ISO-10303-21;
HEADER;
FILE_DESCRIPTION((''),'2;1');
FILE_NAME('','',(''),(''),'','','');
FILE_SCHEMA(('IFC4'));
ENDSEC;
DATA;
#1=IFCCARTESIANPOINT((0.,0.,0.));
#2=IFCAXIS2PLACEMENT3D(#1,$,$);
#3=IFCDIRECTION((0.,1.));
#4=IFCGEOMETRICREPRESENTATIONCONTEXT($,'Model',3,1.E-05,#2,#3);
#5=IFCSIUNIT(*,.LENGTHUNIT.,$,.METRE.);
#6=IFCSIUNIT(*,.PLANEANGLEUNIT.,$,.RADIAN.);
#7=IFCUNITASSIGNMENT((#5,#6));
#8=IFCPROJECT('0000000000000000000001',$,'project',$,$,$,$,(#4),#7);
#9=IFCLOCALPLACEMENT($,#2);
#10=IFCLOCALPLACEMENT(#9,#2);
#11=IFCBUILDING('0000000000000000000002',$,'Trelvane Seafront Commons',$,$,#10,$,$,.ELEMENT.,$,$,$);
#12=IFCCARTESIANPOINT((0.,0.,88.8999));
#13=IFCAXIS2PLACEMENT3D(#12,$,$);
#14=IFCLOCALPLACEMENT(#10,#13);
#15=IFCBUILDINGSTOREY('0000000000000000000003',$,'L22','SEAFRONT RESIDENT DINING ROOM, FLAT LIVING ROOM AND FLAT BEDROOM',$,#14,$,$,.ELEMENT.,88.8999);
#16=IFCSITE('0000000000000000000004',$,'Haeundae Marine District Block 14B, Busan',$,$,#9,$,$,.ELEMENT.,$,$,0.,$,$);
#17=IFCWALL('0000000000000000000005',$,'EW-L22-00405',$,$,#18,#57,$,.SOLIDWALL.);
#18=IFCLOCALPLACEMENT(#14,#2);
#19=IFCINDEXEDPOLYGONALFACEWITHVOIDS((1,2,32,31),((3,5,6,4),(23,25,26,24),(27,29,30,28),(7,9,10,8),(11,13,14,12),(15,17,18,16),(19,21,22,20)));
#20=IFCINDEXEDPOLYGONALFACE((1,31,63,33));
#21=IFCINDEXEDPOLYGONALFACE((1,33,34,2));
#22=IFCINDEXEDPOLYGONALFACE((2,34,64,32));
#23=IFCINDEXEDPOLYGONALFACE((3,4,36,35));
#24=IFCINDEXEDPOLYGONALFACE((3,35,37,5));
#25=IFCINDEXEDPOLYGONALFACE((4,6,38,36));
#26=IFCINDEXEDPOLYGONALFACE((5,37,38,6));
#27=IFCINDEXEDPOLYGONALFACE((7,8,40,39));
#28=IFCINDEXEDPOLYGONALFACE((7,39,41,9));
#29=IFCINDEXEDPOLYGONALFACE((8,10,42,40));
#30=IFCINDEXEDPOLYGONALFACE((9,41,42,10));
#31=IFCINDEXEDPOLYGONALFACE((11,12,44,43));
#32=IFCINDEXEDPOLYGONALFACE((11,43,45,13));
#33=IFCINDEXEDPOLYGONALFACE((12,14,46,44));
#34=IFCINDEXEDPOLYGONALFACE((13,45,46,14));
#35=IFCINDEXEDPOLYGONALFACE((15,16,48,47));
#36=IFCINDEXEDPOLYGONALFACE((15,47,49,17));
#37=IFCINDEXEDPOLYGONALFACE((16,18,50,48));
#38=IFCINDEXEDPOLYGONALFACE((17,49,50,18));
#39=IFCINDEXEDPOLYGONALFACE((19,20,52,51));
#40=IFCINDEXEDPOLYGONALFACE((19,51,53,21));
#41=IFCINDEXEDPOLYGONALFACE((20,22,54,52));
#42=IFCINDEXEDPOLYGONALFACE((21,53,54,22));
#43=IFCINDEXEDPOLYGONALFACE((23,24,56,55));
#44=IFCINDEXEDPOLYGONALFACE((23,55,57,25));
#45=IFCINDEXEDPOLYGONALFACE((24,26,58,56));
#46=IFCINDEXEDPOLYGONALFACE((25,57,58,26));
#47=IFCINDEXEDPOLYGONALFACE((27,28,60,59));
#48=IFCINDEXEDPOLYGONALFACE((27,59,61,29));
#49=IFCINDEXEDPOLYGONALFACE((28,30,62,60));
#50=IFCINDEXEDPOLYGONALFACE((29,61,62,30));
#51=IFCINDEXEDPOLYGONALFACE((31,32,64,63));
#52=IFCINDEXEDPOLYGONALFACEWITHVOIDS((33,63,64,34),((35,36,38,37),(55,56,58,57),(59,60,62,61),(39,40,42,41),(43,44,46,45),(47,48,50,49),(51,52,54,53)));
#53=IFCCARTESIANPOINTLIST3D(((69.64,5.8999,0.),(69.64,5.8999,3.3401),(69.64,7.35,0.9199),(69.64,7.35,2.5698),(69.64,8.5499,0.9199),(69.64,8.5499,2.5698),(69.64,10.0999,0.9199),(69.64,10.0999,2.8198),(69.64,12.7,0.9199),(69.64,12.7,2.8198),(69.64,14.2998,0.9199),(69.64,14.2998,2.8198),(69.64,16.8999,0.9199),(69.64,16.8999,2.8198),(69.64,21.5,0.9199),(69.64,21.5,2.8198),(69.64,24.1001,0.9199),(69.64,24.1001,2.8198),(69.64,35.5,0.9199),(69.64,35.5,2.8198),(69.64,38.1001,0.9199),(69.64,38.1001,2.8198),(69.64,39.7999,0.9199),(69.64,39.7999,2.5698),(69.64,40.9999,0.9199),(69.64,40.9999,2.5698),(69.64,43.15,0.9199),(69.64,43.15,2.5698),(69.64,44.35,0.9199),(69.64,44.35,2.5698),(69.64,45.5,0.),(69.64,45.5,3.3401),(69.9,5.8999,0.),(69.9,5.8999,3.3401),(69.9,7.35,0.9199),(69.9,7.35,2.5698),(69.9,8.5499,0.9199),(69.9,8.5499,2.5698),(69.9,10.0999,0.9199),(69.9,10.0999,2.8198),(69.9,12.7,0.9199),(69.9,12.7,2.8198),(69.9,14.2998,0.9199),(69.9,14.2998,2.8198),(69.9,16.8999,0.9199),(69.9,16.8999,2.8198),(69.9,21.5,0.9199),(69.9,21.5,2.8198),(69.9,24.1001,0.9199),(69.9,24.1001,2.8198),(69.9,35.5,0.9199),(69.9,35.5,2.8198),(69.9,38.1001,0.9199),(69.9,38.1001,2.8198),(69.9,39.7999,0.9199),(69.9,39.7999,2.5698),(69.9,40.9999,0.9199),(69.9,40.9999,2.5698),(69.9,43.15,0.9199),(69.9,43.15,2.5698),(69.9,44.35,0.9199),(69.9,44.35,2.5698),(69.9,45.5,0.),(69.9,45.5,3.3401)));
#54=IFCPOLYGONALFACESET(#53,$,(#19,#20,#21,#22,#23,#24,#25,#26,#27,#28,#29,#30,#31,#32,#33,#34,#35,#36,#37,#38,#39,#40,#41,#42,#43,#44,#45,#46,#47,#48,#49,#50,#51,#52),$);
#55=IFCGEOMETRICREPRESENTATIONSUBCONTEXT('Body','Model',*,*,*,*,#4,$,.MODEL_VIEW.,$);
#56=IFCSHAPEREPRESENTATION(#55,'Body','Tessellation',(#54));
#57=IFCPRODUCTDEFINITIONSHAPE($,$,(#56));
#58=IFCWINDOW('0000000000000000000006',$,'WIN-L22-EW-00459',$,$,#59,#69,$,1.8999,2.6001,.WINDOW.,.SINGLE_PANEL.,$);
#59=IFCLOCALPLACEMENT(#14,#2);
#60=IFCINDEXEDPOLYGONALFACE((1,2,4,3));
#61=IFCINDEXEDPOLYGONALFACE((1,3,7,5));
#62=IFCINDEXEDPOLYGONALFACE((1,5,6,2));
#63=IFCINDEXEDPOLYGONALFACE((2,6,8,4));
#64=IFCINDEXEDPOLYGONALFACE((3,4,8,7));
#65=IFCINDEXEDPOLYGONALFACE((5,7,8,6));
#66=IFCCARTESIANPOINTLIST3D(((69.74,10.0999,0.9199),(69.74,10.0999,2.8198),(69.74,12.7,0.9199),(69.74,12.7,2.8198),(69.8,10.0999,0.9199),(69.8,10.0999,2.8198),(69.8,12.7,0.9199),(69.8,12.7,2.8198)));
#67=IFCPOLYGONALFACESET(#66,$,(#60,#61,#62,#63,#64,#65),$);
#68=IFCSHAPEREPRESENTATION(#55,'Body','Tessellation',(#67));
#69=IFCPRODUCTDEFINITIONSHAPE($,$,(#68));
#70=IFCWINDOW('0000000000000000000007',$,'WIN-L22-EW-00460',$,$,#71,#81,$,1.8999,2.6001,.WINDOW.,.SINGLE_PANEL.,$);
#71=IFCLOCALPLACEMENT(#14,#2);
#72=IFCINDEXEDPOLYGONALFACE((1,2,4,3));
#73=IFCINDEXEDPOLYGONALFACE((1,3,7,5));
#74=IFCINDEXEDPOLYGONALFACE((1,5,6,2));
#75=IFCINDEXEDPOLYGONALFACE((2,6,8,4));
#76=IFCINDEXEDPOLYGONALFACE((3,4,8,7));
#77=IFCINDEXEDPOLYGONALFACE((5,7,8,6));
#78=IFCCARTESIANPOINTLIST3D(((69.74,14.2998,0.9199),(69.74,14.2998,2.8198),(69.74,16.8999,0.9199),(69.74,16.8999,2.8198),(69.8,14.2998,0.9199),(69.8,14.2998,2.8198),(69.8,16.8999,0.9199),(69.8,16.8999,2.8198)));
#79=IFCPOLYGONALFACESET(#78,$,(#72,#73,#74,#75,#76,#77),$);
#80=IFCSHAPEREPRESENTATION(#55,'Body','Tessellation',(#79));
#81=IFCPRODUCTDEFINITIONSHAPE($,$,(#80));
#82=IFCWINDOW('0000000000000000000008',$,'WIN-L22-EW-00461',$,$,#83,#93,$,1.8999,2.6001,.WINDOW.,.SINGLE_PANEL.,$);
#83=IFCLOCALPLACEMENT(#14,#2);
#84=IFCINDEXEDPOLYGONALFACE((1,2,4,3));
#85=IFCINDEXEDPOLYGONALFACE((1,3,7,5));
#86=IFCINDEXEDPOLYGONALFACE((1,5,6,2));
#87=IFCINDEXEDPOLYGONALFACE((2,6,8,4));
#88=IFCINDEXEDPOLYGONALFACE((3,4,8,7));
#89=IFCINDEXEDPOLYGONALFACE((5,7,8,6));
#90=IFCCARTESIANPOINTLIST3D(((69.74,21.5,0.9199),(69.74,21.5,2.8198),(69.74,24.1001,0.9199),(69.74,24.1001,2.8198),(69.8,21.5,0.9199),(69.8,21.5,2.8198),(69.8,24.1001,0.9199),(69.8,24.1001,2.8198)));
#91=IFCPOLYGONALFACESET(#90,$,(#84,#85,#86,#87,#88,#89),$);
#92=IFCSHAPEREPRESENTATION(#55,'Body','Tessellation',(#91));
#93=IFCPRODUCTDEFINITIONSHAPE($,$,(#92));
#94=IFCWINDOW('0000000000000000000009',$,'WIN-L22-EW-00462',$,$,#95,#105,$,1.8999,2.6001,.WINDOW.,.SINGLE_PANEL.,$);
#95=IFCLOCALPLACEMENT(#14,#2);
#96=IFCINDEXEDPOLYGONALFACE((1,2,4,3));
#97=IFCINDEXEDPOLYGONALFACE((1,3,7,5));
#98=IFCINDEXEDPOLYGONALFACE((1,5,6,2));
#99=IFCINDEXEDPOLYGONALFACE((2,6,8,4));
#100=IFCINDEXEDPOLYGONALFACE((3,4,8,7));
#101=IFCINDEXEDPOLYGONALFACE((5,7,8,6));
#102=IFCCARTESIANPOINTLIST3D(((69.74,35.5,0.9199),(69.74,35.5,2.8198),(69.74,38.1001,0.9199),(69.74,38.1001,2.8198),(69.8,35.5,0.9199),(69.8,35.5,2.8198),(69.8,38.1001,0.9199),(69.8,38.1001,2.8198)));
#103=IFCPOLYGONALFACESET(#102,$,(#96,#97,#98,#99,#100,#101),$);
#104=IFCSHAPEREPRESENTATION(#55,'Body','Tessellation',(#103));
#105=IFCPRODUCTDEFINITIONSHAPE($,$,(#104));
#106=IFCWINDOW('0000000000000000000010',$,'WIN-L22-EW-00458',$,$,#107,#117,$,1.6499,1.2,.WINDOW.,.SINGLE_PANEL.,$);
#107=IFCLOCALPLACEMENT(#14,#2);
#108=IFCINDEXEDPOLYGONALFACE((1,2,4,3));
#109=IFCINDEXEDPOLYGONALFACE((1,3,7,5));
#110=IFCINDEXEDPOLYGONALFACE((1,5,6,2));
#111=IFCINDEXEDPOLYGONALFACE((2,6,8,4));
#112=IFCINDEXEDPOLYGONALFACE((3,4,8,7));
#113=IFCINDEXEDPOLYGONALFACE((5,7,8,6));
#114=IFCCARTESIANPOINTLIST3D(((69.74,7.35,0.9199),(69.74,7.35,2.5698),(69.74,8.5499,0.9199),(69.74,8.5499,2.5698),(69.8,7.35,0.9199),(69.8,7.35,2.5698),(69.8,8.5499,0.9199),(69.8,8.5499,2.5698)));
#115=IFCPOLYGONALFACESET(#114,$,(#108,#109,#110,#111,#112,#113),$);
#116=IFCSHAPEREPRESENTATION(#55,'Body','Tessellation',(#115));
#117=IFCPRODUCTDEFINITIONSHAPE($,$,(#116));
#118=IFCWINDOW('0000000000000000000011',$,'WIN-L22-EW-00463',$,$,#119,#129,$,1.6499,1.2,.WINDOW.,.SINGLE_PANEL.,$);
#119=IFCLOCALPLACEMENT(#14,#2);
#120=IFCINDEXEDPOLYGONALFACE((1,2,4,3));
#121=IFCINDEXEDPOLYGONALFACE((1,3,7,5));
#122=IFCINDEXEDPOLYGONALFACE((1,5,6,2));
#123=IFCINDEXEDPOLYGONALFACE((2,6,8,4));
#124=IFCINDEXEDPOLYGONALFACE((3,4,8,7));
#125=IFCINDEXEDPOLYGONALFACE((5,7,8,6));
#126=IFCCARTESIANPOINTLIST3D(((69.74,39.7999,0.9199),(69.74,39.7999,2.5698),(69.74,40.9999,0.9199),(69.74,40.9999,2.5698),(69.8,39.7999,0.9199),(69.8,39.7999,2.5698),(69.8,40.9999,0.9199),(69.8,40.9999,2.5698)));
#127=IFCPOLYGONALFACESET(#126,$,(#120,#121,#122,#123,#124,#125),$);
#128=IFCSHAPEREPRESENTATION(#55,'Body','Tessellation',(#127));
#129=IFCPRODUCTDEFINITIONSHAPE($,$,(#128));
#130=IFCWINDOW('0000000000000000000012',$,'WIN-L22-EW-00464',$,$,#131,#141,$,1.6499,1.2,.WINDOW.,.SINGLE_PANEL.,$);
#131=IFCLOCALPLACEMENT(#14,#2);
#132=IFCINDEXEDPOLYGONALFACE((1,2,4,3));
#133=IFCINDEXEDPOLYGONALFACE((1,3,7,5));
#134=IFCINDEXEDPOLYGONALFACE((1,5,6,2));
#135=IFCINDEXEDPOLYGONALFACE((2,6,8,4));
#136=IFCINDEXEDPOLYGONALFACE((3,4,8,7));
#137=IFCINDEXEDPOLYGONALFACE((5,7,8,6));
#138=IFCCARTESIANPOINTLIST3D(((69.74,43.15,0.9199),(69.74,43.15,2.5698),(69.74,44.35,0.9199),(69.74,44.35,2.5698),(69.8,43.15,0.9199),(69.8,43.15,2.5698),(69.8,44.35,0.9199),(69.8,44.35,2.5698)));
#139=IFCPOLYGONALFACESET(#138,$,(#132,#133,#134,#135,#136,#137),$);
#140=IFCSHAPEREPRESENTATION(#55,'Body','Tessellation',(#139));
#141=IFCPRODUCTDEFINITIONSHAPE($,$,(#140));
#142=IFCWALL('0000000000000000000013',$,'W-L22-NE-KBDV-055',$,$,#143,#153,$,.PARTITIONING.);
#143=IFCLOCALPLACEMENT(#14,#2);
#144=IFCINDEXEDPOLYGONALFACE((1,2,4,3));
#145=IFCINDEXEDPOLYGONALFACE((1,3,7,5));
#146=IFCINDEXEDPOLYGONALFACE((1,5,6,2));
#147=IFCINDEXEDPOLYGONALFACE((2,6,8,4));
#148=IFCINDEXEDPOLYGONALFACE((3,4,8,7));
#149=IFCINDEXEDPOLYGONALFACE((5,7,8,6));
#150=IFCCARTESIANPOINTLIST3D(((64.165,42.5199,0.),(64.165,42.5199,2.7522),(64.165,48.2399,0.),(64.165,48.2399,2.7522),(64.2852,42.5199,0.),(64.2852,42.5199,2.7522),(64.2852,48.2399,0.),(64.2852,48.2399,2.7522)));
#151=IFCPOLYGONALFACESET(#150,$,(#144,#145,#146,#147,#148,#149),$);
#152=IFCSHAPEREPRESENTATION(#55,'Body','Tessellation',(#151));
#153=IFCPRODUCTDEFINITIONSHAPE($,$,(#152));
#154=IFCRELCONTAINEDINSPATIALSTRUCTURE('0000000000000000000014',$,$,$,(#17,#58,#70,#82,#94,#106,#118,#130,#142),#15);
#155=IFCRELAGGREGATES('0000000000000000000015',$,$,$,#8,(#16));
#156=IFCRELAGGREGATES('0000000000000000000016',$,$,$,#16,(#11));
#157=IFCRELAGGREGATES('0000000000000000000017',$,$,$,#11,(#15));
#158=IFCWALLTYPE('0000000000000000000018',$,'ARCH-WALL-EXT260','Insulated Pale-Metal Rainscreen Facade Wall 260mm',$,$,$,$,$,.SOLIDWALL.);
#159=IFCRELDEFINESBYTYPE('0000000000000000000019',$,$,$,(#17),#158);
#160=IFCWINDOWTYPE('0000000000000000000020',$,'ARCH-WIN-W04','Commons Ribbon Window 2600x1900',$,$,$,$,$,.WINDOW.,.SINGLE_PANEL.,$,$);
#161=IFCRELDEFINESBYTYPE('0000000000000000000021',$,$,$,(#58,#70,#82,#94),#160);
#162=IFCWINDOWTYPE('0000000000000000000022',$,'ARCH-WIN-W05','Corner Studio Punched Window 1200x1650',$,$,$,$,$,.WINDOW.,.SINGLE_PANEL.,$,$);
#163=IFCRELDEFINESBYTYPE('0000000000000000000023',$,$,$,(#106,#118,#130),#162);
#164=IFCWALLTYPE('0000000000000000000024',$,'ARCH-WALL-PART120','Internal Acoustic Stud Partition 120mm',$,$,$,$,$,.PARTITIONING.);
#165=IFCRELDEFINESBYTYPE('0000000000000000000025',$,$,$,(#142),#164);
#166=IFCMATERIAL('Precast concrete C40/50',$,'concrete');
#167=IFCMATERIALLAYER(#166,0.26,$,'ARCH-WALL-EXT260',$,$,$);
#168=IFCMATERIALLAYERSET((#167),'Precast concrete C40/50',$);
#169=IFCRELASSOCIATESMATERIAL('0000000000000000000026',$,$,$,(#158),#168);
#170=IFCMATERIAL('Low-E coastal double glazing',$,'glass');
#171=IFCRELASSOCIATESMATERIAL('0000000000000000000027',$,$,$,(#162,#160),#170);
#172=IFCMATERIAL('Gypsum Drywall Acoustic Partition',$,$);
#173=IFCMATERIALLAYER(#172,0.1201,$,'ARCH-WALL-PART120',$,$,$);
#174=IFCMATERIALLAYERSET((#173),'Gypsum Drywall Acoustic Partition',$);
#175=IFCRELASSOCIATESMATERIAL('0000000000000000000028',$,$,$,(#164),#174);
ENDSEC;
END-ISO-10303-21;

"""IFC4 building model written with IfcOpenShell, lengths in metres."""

from ifc_helpers import new_model, si_unit, direction, frame, frame_2d, origin, place, context, subcontext, project, spatial, rectangle, extrude, source, transform, mapped, material, layer, layer_set, type_object, element, fill, save


model = new_model("IFC4")

# Units and contexts
model_context = context("Model", 3, precision=1e-05, world=origin(), true_north=direction((0.0, 1.0)))
body_context = subcontext(model_context, "Body", "Model", "MODEL_VIEW")
ifc_project = project(units=[si_unit("LENGTHUNIT", "METRE"), si_unit("PLANEANGLEUNIT", "RADIAN")], contexts=[model_context])

# Site, building, storey
site_placement = place(None, origin())
site = spatial("IfcSite", under=ifc_project, at=site_placement, Name="Haeundae Marine District Block 14B, Busan", CompositionType="ELEMENT", RefElevation=0.0)
building_placement = place(site_placement, origin())
building = spatial("IfcBuilding", under=site, at=building_placement, Name="Trelvane Seafront Commons", CompositionType="ELEMENT")
storey_placement = place(building_placement, frame((0.0, 0.0, 88.8999)))
storey = spatial("IfcBuildingStorey", under=building, at=storey_placement, Name="L22", Description="SEAFRONT RESIDENT DINING ROOM, FLAT LIVING ROOM AND FLAT BEDROOM", CompositionType="ELEMENT", Elevation=88.8999)

# Shared definitions
ifc_material_1 = material(Name="Precast concrete C40/50", Category="concrete")
ifc_layer_1 = layer(ifc_material_1, 0.26, Name="ARCH-WALL-EXT260")
ifc_layer_set_1 = layer_set([ifc_layer_1], Name="Precast concrete C40/50")
wall_type_1 = type_object("IfcWallType", Name="ARCH-WALL-EXT260", Description="Insulated Pale-Metal Rainscreen Facade Wall 260mm", PredefinedType="SOLIDWALL", material=ifc_layer_set_1)
ifc_material_2 = material(Name="Low-E coastal double glazing", Category="glass")
window_type_1 = type_object("IfcWindowType", Name="ARCH-WIN-W05", Description="Corner Studio Punched Window 1200x1650", PartitioningType="SINGLE_PANEL", PredefinedType="WINDOW", material=ifc_material_2)
shared_shape_1 = source(origin(), body_context, "Body", "SweptSolid", [
    extrude(rectangle(XDim=1.2, YDim=1.6499, at=frame_2d((0.6001, 0.825))), frame((0.0, 0.03, 0.0), z_axis=(0.0, -1.0, 0.0), x_axis=(1.0, 0.0, 0.0)), (0.0, 0.0, 1.0), 0.0601),
])

# Wall, openings, windows
wall_1_placement = place(storey_placement, frame((69.77, 45.5, 0.0), z_axis=(0.0, 0.0, 1.0), x_axis=(0.0, -1.0, 0.0)))
wall_1 = element("IfcWall", 1, at=wall_1_placement, inside=storey, type_object=wall_type_1, Name="EW-L22-00405", PredefinedType="SOLIDWALL", context=body_context, shape_type="SweptSolid", body=[
    extrude(rectangle(XDim=39.6001, YDim=0.26, at=frame_2d((19.8, 0.0))), origin(), (0.0, 0.0, 1.0), 3.3401),
])
opening_1_placement = place(wall_1_placement, frame((36.95, 0.0, 0.9199)))
opening_1 = element("IfcOpeningElement", 2, at=opening_1_placement, cuts=wall_1, PredefinedType="OPENING", context=body_context, shape_type="SweptSolid", body=[
    extrude(rectangle(XDim=1.2, YDim=1.6499, at=frame_2d((0.6001, 0.825))), frame((0.0, 0.1399, 0.0), z_axis=(0.0, -1.0, 0.0), x_axis=(1.0, 0.0, 0.0)), (0.0, 0.0, 1.0), 0.28),
])
opening_2_placement = place(wall_1_placement, frame((32.8, 0.0, 0.9199)))
opening_2 = element("IfcOpeningElement", 3, at=opening_2_placement, cuts=wall_1, PredefinedType="OPENING", context=body_context, shape_type="SweptSolid", body=[
    extrude(rectangle(XDim=2.6001, YDim=1.8999, at=frame_2d((1.3, 0.95))), frame((0.0, 0.1399, 0.0), z_axis=(0.0, -1.0, 0.0), x_axis=(1.0, 0.0, 0.0)), (0.0, 0.0, 1.0), 0.28),
])
opening_3_placement = place(wall_1_placement, frame((28.6001, 0.0, 0.9199)))
opening_3 = element("IfcOpeningElement", 4, at=opening_3_placement, cuts=wall_1, PredefinedType="OPENING", context=body_context, shape_type="SweptSolid", body=[
    extrude(rectangle(XDim=2.6001, YDim=1.8999, at=frame_2d((1.3, 0.95))), frame((0.0, 0.1399, 0.0), z_axis=(0.0, -1.0, 0.0), x_axis=(1.0, 0.0, 0.0)), (0.0, 0.0, 1.0), 0.28),
])
opening_4_placement = place(wall_1_placement, frame((21.3999, 0.0, 0.9199)))
opening_4 = element("IfcOpeningElement", 5, at=opening_4_placement, cuts=wall_1, PredefinedType="OPENING", context=body_context, shape_type="SweptSolid", body=[
    extrude(rectangle(XDim=2.6001, YDim=1.8999, at=frame_2d((1.3, 0.95))), frame((0.0, 0.1399, 0.0), z_axis=(0.0, -1.0, 0.0), x_axis=(1.0, 0.0, 0.0)), (0.0, 0.0, 1.0), 0.28),
])
opening_5_placement = place(wall_1_placement, frame((7.3999, 0.0, 0.9199)))
opening_5 = element("IfcOpeningElement", 6, at=opening_5_placement, cuts=wall_1, PredefinedType="OPENING", context=body_context, shape_type="SweptSolid", body=[
    extrude(rectangle(XDim=2.6001, YDim=1.8999, at=frame_2d((1.3, 0.95))), frame((0.0, 0.1399, 0.0), z_axis=(0.0, -1.0, 0.0), x_axis=(1.0, 0.0, 0.0)), (0.0, 0.0, 1.0), 0.28),
])
opening_6_placement = place(wall_1_placement, frame((4.5, 0.0, 0.9199)))
opening_6 = element("IfcOpeningElement", 7, at=opening_6_placement, cuts=wall_1, PredefinedType="OPENING", context=body_context, shape_type="SweptSolid", body=[
    extrude(rectangle(XDim=1.2, YDim=1.6499, at=frame_2d((0.6001, 0.825))), frame((0.0, 0.1399, 0.0), z_axis=(0.0, -1.0, 0.0), x_axis=(1.0, 0.0, 0.0)), (0.0, 0.0, 1.0), 0.28),
])
opening_7_placement = place(wall_1_placement, frame((1.1499, 0.0, 0.9199)))
opening_7 = element("IfcOpeningElement", 8, at=opening_7_placement, cuts=wall_1, PredefinedType="OPENING", context=body_context, shape_type="SweptSolid", body=[
    extrude(rectangle(XDim=1.2, YDim=1.6499, at=frame_2d((0.6001, 0.825))), frame((0.0, 0.1399, 0.0), z_axis=(0.0, -1.0, 0.0), x_axis=(1.0, 0.0, 0.0)), (0.0, 0.0, 1.0), 0.28),
])
window_type_2 = type_object("IfcWindowType", Name="ARCH-WIN-W04", Description="Commons Ribbon Window 2600x1900", PartitioningType="SINGLE_PANEL", PredefinedType="WINDOW", material=ifc_material_2)
shared_shape_2 = source(origin(), body_context, "Body", "SweptSolid", [
    extrude(rectangle(XDim=2.6001, YDim=1.8999, at=frame_2d((1.3, 0.95))), frame((0.0, 0.03, 0.0), z_axis=(0.0, -1.0, 0.0), x_axis=(1.0, 0.0, 0.0)), (0.0, 0.0, 1.0), 0.0601),
])
window_1_placement = place(opening_2_placement, origin())
window_1 = element("IfcWindow", 9, at=window_1_placement, inside=storey, type_object=window_type_2, Name="WIN-L22-EW-00459", OverallHeight=1.8999, OverallWidth=2.6001, PartitioningType="SINGLE_PANEL", PredefinedType="WINDOW", context=body_context, shape_type="MappedRepresentation", body=[
    mapped(shared_shape_2, transform((0.0, 0.0, 0.0), x_axis=(1.0, 0.0, 0.0), y_axis=(0.0, 1.0, 0.0), z_axis=(0.0, 0.0, 1.0), scale=1.0)),
])
fill(opening_2, window_1)
window_2_placement = place(opening_3_placement, origin())
window_2 = element("IfcWindow", 10, at=window_2_placement, inside=storey, type_object=window_type_2, Name="WIN-L22-EW-00460", OverallHeight=1.8999, OverallWidth=2.6001, PartitioningType="SINGLE_PANEL", PredefinedType="WINDOW", context=body_context, shape_type="MappedRepresentation", body=[
    mapped(shared_shape_2, transform((0.0, 0.0, 0.0), x_axis=(1.0, 0.0, 0.0), y_axis=(0.0, 1.0, 0.0), z_axis=(0.0, 0.0, 1.0), scale=1.0)),
])
fill(opening_3, window_2)
window_3_placement = place(opening_4_placement, origin())
window_3 = element("IfcWindow", 11, at=window_3_placement, inside=storey, type_object=window_type_2, Name="WIN-L22-EW-00461", OverallHeight=1.8999, OverallWidth=2.6001, PartitioningType="SINGLE_PANEL", PredefinedType="WINDOW", context=body_context, shape_type="MappedRepresentation", body=[
    mapped(shared_shape_2, transform((0.0, 0.0, 0.0), x_axis=(1.0, 0.0, 0.0), y_axis=(0.0, 1.0, 0.0), z_axis=(0.0, 0.0, 1.0), scale=1.0)),
])
fill(opening_4, window_3)
window_4_placement = place(opening_5_placement, origin())
window_4 = element("IfcWindow", 12, at=window_4_placement, inside=storey, type_object=window_type_2, Name="WIN-L22-EW-00462", OverallHeight=1.8999, OverallWidth=2.6001, PartitioningType="SINGLE_PANEL", PredefinedType="WINDOW", context=body_context, shape_type="MappedRepresentation", body=[
    mapped(shared_shape_2, transform((0.0, 0.0, 0.0), x_axis=(1.0, 0.0, 0.0), y_axis=(0.0, 1.0, 0.0), z_axis=(0.0, 0.0, 1.0), scale=1.0)),
])
fill(opening_5, window_4)
window_5_placement = place(opening_1_placement, origin())
window_5 = element("IfcWindow", 13, at=window_5_placement, inside=storey, type_object=window_type_1, Name="WIN-L22-EW-00458", OverallHeight=1.6499, OverallWidth=1.2, PartitioningType="SINGLE_PANEL", PredefinedType="WINDOW", context=body_context, shape_type="MappedRepresentation", body=[
    mapped(shared_shape_1, transform((0.0, 0.0, 0.0), x_axis=(1.0, 0.0, 0.0), y_axis=(0.0, 1.0, 0.0), z_axis=(0.0, 0.0, 1.0), scale=1.0)),
])
fill(opening_1, window_5)
window_6_placement = place(opening_6_placement, origin())
window_6 = element("IfcWindow", 14, at=window_6_placement, inside=storey, type_object=window_type_1, Name="WIN-L22-EW-00463", OverallHeight=1.6499, OverallWidth=1.2, PartitioningType="SINGLE_PANEL", PredefinedType="WINDOW", context=body_context, shape_type="MappedRepresentation", body=[
    mapped(shared_shape_1, transform((0.0, 0.0, 0.0), x_axis=(1.0, 0.0, 0.0), y_axis=(0.0, 1.0, 0.0), z_axis=(0.0, 0.0, 1.0), scale=1.0)),
])
fill(opening_6, window_6)
window_7_placement = place(opening_7_placement, origin())
window_7 = element("IfcWindow", 15, at=window_7_placement, inside=storey, type_object=window_type_1, Name="WIN-L22-EW-00464", OverallHeight=1.6499, OverallWidth=1.2, PartitioningType="SINGLE_PANEL", PredefinedType="WINDOW", context=body_context, shape_type="MappedRepresentation", body=[
    mapped(shared_shape_1, transform((0.0, 0.0, 0.0), x_axis=(1.0, 0.0, 0.0), y_axis=(0.0, 1.0, 0.0), z_axis=(0.0, 0.0, 1.0), scale=1.0)),
])
fill(opening_7, window_7)

# Wall
ifc_material_3 = material(Name="Gypsum Drywall Acoustic Partition")
ifc_layer_2 = layer(ifc_material_3, 0.1201, Name="ARCH-WALL-PART120")
ifc_layer_set_2 = layer_set([ifc_layer_2], Name="Gypsum Drywall Acoustic Partition")
wall_type_2 = type_object("IfcWallType", Name="ARCH-WALL-PART120", Description="Internal Acoustic Stud Partition 120mm", PredefinedType="PARTITIONING", material=ifc_layer_set_2)
wall_2_placement = place(storey_placement, frame((64.2251, 42.52, 0.0), z_axis=(0.0, 0.0, 1.0), x_axis=(0.0, 1.0, 0.0)))
element("IfcWall", 16, at=wall_2_placement, inside=storey, type_object=wall_type_2, Name="W-L22-NE-KBDV-055", PredefinedType="PARTITIONING", context=body_context, shape_type="SweptSolid", body=[
    extrude(rectangle(XDim=5.72, YDim=0.1201, at=frame_2d((2.8599, 0.0))), origin(), (0.0, 0.0, 1.0), 2.7522),
])

save(model, "model.ifc")
